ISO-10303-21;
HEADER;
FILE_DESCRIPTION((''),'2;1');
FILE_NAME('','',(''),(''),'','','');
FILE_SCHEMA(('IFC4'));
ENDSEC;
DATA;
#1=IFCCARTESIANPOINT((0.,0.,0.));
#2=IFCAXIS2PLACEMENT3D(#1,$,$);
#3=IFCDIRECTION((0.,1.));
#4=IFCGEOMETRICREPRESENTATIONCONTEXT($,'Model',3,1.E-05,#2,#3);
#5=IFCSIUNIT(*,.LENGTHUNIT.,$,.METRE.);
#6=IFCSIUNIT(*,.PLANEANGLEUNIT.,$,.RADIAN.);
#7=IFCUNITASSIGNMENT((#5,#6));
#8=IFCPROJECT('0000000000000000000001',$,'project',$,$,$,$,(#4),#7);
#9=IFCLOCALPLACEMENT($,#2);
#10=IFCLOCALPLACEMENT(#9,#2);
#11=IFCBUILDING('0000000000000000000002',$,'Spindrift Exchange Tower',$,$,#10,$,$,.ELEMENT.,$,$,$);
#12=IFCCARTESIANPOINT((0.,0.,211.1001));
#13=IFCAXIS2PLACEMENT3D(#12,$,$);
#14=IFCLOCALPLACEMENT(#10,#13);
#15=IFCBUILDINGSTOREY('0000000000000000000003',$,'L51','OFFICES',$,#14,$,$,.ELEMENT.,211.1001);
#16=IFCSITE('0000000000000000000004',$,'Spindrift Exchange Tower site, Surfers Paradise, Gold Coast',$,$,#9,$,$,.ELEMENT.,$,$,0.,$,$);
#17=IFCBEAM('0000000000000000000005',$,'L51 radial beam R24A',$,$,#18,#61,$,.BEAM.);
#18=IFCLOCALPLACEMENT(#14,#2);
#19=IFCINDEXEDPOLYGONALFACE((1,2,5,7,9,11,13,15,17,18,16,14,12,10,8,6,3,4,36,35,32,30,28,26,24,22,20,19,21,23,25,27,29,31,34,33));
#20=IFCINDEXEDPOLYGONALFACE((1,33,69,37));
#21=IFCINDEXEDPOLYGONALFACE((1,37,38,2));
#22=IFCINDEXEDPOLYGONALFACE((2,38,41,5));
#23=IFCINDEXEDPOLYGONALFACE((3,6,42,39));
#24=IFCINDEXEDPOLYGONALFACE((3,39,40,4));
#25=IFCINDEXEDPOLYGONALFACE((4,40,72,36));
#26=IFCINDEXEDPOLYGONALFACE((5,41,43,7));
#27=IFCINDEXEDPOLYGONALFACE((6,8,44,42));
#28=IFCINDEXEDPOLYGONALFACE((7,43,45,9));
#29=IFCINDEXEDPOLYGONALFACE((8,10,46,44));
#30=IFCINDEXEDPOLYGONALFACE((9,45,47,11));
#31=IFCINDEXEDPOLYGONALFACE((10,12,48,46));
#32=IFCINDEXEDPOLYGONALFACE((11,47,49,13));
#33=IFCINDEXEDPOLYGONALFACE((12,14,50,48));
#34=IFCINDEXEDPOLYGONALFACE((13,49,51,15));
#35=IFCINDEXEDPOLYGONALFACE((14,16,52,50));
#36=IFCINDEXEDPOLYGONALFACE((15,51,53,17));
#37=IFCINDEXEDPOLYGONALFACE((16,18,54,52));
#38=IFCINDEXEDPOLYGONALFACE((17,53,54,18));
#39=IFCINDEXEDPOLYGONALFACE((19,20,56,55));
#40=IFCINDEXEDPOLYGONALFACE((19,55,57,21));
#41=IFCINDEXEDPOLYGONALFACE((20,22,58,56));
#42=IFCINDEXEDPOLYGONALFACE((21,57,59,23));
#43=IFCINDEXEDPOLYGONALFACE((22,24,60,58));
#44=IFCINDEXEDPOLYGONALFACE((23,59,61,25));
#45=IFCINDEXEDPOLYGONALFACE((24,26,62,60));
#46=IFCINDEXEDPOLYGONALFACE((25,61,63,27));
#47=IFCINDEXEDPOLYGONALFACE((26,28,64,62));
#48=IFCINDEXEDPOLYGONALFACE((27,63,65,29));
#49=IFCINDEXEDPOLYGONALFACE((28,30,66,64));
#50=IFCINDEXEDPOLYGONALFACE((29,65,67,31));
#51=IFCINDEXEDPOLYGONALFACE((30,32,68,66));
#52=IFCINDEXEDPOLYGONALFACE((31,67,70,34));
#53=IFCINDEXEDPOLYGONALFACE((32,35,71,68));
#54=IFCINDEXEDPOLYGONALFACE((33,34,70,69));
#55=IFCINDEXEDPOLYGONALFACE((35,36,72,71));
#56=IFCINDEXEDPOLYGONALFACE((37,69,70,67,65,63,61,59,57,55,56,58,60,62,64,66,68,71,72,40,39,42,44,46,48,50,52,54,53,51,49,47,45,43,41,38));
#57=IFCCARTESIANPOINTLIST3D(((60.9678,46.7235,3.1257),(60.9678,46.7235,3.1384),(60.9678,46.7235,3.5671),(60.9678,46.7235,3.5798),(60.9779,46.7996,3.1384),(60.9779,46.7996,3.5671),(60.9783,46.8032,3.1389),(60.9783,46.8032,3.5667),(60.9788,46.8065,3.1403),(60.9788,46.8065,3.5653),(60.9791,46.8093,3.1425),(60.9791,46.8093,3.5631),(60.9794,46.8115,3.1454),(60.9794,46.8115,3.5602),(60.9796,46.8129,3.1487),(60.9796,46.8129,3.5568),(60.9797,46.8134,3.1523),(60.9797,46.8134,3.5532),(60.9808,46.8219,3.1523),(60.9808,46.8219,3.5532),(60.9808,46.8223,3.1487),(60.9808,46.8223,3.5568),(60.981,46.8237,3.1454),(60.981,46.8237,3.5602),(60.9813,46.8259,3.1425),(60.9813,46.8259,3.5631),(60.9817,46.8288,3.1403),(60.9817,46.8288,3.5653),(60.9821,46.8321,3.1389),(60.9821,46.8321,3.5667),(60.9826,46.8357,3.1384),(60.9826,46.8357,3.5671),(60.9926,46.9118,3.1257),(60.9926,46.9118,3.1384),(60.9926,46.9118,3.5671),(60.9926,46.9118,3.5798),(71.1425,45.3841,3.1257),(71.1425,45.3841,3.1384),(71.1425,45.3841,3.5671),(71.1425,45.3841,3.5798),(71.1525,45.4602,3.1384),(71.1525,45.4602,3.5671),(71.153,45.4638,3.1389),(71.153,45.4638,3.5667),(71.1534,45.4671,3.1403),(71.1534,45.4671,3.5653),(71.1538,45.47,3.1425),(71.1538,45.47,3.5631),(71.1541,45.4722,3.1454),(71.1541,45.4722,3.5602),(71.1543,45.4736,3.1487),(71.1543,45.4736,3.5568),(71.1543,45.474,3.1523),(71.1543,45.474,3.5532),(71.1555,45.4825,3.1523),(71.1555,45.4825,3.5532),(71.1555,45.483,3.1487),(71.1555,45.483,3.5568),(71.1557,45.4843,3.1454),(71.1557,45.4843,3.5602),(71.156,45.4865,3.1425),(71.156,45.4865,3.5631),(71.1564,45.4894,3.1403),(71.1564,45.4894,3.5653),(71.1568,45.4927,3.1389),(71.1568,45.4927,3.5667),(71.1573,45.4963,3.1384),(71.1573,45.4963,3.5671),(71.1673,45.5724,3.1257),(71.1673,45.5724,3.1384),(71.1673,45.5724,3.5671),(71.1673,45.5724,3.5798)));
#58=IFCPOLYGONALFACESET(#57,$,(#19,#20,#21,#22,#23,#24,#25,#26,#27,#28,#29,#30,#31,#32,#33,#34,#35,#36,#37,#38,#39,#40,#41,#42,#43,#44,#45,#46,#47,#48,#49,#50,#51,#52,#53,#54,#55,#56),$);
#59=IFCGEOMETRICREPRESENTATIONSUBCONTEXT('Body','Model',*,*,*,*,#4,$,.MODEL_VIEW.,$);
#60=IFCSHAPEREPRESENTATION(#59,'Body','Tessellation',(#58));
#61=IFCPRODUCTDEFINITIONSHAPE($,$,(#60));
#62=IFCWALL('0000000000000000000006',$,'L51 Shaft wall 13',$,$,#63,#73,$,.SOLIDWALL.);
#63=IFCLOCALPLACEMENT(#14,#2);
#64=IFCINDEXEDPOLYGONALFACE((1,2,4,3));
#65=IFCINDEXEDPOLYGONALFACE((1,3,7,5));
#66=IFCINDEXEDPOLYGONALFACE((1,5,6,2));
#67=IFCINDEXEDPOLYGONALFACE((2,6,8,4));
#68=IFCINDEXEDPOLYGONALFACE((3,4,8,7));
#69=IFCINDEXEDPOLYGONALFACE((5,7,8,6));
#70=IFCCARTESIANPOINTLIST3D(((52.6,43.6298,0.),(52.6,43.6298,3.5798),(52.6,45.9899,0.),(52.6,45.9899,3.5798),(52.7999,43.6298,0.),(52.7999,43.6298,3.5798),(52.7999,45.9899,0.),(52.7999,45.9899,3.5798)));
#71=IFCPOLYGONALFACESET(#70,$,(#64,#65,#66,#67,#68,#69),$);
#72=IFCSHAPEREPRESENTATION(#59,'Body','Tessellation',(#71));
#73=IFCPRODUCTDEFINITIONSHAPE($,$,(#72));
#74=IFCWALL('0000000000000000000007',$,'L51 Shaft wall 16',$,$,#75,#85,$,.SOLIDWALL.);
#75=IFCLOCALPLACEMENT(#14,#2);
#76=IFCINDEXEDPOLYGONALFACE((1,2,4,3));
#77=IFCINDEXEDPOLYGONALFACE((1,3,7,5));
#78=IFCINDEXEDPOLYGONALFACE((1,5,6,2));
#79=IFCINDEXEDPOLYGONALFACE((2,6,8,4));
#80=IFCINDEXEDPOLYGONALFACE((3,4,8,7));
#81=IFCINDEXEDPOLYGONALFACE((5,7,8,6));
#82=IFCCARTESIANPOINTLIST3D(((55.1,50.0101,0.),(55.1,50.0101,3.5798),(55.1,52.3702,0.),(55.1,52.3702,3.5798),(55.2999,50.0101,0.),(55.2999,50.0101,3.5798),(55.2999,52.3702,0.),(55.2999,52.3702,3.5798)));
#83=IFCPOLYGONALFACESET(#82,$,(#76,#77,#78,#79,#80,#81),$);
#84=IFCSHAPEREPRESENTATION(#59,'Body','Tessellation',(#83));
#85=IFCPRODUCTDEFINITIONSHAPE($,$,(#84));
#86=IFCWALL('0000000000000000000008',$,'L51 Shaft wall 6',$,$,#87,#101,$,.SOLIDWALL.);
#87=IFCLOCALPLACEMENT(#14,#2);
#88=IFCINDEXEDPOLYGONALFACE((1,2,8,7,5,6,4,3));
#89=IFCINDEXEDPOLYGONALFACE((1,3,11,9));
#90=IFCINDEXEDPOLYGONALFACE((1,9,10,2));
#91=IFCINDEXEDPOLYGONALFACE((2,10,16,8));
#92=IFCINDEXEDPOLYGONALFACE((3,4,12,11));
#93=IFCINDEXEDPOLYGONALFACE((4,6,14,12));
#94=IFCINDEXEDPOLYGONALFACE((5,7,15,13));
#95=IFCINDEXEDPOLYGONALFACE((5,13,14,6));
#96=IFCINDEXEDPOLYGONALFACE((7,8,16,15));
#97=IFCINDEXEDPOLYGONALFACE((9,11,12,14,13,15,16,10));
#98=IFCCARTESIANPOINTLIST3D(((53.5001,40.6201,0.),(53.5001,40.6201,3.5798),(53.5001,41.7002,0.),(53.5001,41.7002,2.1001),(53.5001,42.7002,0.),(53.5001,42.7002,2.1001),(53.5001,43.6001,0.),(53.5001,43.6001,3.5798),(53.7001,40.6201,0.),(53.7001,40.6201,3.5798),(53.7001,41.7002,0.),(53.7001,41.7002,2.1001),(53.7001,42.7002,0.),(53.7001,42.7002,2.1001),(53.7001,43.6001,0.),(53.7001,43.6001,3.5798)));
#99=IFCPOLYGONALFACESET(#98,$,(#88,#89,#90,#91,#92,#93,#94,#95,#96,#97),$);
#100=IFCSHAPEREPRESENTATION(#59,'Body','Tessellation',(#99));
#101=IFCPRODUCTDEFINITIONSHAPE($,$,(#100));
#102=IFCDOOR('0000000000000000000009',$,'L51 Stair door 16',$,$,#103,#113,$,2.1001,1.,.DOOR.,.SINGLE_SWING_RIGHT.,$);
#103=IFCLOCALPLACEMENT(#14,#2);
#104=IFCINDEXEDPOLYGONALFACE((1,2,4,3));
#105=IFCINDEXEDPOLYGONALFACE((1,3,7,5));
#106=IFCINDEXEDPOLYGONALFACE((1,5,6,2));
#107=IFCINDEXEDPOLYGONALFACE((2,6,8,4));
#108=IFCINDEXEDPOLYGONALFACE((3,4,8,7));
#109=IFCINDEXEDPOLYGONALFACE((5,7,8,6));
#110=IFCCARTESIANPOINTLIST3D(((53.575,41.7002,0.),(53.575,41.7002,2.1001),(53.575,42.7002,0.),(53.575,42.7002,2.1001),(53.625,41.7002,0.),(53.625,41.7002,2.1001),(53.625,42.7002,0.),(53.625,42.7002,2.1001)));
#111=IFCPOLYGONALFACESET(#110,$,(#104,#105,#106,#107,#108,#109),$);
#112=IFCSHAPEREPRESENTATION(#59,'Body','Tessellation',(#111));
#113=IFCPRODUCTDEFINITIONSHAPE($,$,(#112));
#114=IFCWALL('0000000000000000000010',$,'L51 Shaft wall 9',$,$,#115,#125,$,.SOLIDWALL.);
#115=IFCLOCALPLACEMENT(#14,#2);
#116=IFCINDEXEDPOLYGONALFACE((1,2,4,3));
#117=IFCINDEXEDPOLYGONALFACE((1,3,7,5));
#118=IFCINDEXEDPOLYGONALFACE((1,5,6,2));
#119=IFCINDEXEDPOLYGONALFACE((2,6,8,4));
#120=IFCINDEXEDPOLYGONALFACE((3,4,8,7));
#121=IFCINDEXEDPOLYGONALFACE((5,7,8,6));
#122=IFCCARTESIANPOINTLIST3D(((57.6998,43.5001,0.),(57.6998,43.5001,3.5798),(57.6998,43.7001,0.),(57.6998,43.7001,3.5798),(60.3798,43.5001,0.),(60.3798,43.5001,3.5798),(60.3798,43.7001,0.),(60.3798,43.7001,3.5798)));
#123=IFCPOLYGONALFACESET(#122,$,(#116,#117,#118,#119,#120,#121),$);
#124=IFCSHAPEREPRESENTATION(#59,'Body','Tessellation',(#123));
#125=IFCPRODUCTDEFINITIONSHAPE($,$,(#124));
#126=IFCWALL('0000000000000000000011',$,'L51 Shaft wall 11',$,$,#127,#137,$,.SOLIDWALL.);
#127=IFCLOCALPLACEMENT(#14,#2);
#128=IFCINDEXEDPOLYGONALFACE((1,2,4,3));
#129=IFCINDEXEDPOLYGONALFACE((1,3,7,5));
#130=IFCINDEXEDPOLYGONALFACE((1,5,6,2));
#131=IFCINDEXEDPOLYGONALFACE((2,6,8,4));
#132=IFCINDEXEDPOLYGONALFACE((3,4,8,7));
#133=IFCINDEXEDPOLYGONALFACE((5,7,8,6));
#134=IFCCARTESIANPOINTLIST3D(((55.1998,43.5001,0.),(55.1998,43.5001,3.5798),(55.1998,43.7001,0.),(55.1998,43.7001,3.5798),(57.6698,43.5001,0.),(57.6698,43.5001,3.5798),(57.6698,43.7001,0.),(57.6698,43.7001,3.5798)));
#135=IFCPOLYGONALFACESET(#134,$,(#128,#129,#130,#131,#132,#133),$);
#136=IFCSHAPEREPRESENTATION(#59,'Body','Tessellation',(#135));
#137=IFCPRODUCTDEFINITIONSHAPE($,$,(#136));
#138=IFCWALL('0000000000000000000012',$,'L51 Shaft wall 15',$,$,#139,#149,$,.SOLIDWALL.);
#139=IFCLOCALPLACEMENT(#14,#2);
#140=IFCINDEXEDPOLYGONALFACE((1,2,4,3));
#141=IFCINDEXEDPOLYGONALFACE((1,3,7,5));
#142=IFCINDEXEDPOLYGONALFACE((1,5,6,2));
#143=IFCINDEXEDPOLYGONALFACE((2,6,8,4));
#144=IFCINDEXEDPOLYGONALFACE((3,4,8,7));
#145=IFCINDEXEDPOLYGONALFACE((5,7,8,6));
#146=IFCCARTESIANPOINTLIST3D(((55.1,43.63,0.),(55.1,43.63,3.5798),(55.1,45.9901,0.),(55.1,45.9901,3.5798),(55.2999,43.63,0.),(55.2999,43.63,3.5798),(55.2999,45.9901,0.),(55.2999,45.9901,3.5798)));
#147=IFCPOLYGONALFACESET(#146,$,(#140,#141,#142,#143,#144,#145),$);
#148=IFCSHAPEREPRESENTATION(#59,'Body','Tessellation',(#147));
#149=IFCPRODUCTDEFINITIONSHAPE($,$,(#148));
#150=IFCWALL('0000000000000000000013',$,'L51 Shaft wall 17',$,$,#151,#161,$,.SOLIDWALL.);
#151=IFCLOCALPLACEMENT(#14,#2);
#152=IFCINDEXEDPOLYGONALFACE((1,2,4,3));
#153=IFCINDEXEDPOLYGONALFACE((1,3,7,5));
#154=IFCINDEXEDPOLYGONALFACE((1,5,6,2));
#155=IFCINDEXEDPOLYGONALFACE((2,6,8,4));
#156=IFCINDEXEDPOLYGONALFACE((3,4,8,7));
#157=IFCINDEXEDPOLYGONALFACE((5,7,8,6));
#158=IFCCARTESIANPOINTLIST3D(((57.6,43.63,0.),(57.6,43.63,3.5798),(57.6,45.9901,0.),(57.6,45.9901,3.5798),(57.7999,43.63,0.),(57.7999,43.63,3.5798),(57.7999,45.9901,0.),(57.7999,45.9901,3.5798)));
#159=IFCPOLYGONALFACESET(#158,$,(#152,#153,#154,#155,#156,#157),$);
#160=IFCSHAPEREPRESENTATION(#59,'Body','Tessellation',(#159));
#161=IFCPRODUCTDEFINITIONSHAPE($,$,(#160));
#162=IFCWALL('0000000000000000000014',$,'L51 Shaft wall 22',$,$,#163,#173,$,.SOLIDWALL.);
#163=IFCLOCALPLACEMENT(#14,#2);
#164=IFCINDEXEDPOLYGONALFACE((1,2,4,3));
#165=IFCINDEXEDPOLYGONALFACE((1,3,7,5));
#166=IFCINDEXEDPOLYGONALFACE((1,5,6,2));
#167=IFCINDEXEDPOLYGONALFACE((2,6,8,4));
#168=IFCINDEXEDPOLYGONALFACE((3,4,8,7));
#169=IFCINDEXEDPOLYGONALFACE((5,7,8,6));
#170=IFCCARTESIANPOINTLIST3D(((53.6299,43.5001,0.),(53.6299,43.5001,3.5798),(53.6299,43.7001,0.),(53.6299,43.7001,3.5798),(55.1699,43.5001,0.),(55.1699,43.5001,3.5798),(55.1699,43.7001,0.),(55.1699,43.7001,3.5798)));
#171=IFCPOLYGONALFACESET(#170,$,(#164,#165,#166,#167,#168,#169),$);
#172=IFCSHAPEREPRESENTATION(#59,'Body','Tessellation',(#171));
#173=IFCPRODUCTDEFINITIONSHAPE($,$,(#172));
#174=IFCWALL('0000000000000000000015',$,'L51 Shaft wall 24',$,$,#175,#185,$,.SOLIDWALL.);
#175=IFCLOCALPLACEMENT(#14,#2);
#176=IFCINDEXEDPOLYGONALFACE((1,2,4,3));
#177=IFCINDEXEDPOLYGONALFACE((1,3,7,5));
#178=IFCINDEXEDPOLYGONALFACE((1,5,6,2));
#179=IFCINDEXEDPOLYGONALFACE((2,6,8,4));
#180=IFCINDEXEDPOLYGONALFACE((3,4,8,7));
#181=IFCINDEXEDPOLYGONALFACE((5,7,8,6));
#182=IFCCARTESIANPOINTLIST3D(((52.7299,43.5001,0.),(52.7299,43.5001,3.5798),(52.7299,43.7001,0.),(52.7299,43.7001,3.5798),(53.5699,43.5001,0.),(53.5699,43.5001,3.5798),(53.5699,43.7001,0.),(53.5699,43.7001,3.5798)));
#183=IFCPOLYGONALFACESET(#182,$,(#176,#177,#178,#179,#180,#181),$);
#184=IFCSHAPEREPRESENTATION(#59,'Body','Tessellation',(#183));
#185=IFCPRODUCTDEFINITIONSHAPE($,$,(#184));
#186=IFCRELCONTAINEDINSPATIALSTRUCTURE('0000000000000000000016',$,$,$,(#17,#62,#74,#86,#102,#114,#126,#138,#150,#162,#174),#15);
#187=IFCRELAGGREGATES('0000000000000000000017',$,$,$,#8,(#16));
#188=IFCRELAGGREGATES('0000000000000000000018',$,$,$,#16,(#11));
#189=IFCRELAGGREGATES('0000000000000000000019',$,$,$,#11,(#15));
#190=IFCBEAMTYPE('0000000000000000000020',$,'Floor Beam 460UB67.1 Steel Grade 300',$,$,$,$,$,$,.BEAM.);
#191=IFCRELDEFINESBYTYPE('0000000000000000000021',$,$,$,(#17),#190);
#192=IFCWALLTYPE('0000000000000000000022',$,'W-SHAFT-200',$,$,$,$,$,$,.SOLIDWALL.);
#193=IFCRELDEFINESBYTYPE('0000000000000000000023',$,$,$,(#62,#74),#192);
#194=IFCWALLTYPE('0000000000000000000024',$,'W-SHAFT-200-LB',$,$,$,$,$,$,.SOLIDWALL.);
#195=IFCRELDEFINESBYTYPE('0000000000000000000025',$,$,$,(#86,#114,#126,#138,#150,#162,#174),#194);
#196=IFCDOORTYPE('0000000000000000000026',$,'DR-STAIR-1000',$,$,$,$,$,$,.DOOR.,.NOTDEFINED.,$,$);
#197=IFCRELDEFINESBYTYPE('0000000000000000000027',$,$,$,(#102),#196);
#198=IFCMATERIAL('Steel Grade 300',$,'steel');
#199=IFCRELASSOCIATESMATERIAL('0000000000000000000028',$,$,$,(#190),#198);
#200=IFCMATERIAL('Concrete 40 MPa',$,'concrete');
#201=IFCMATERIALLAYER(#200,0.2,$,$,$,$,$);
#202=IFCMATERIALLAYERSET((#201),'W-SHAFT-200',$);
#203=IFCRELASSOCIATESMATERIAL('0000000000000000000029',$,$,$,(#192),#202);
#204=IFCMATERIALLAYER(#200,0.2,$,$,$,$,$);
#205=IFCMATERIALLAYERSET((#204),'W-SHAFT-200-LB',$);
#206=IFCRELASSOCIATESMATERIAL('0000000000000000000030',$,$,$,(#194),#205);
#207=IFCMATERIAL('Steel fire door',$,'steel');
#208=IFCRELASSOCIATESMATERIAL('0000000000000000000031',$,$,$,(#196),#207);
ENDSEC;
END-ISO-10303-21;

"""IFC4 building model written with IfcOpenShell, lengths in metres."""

from ifc_helpers import new_model, si_unit, direction, frame, frame_2d, origin, origin_2d, place, context, subcontext, project, spatial, rectangle, i_section, extrude, source, transform, mapped, material, layer, layer_set, material_profile, profile_set, type_object, element, fill, save


model = new_model("IFC4")

# Units and contexts
model_context = context("Model", 3, precision=1e-05, world=origin(), true_north=direction((0.0, 1.0)))
body_context = subcontext(model_context, "Body", "Model", "MODEL_VIEW")
ifc_project = project(units=[si_unit("LENGTHUNIT", "METRE"), si_unit("PLANEANGLEUNIT", "RADIAN")], contexts=[model_context])

# Site, building, storey
site_placement = place(None, origin())
site = spatial("IfcSite", under=ifc_project, at=site_placement, Name="Spindrift Exchange Tower site, Surfers Paradise, Gold Coast", CompositionType="ELEMENT", RefElevation=0.0)
building_placement = place(site_placement, origin())
building = spatial("IfcBuilding", under=site, at=building_placement, Name="Spindrift Exchange Tower", CompositionType="ELEMENT")
storey_placement = place(building_placement, frame((0.0, 0.0, 211.1001)))
storey = spatial("IfcBuildingStorey", under=building, at=storey_placement, Name="L51", Description="OFFICES", CompositionType="ELEMENT", Elevation=211.1001)

# Beam
ifc_material_1 = material(Name="Steel Grade 300", Category="steel")
ifc_material_profile_1 = material_profile(ifc_material_1, i_section(OverallWidth=0.1899, OverallDepth=0.4541, WebThickness=0.0085, FlangeThickness=0.0127, FilletRadius=0.0139, at=origin_2d()), Name="460UB67.1")
ifc_profile_set_1 = profile_set([ifc_material_profile_1], Name="Steel Grade 300")
beam_type_1 = type_object("IfcBeamType", Name="Floor Beam 460UB67.1 Steel Grade 300", PredefinedType="BEAM", material=ifc_profile_set_1)
shared_shape_1 = source(origin(), body_context, "Body", "SweptSolid", [
    extrude(i_section(OverallWidth=0.1899, OverallDepth=0.4541, WebThickness=0.0085, FlangeThickness=0.0127, FilletRadius=0.0139, at=origin_2d()), origin(), (0.0, 0.0, 1.0), 10.2625),
])
beam_1_placement = place(storey_placement, frame((60.9802, 46.8176, 3.3528), z_axis=(0.991447, -0.130512, 0.0), x_axis=(0.130512, 0.991447, 0.0)))
element("IfcBeam", 1, at=beam_1_placement, inside=storey, type_object=beam_type_1, Name="L51 radial beam R24A", PredefinedType="BEAM", context=body_context, shape_type="MappedRepresentation", body=[
    mapped(shared_shape_1, transform((0.0, 0.0, 0.0), scale=1.0)),
])

# Walls
ifc_material_2 = material(Name="Concrete 40 MPa", Category="concrete")
ifc_layer_1 = layer(ifc_material_2, 0.2)
ifc_layer_set_1 = layer_set([ifc_layer_1], Name="W-SHAFT-200")
wall_type_1 = type_object("IfcWallType", Name="W-SHAFT-200", PredefinedType="SOLIDWALL", material=ifc_layer_set_1)
for number, where, z_axis, x_axis, name in (
    (2, (52.7, 45.99, 0.0), (0.0, 0.0, 1.0), (0.0, -1.0, 0.0), "L51 Shaft wall 13"),
    (3, (55.2, 50.01, 0.0), (0.0, 0.0, 1.0), (0.0, 1.0, 0.0), "L51 Shaft wall 16"),
):
    element("IfcWall", number, at=place(storey_placement, frame(where, z_axis=z_axis, x_axis=x_axis)), inside=storey, type_object=wall_type_1, Name=name, PredefinedType="SOLIDWALL", context=body_context, shape_type="SweptSolid", body=[
        extrude(rectangle(XDim=2.3601, YDim=0.2, at=frame_2d((1.1802, 0.0))), origin(), (0.0, 0.0, 1.0), 3.5798),
    ])

# Wall, opening, door
ifc_layer_2 = layer(ifc_material_2, 0.2)
ifc_layer_set_2 = layer_set([ifc_layer_2], Name="W-SHAFT-200-LB")
wall_type_2 = type_object("IfcWallType", Name="W-SHAFT-200-LB", PredefinedType="SOLIDWALL", material=ifc_layer_set_2)
wall_1_placement = place(storey_placement, frame((53.6001, 43.6001, 0.0), z_axis=(0.0, 0.0, 1.0), x_axis=(0.0, -1.0, 0.0)))
wall_1 = element("IfcWall", 4, at=wall_1_placement, inside=storey, type_object=wall_type_2, Name="L51 Shaft wall 6", PredefinedType="SOLIDWALL", context=body_context, shape_type="SweptSolid", body=[
    extrude(rectangle(XDim=2.98, YDim=0.2, at=frame_2d((1.49, 0.0))), origin(), (0.0, 0.0, 1.0), 3.5798),
])
opening_placement = place(wall_1_placement, frame((0.8999, 0.0, 0.0)))
opening = element("IfcOpeningElement", 5, at=opening_placement, cuts=wall_1, PredefinedType="OPENING", context=body_context, shape_type="SweptSolid", body=[
    extrude(rectangle(XDim=1.0, YDim=2.1001, at=frame_2d((0.5, 1.05))), frame((0.0, 0.1099, 0.0), z_axis=(0.0, -1.0, 0.0), x_axis=(1.0, 0.0, 0.0)), (0.0, 0.0, 1.0), 0.22),
])
ifc_material_3 = material(Name="Steel fire door", Category="steel")
door_type = type_object("IfcDoorType", Name="DR-STAIR-1000", OperationType="NOTDEFINED", PredefinedType="DOOR", material=ifc_material_3)
shared_shape_2 = source(origin(), body_context, "Body", "SweptSolid", [
    extrude(rectangle(XDim=1.0, YDim=2.1001, at=frame_2d((0.5, 1.05))), frame((0.0, 0.0249, 0.0), z_axis=(0.0, -1.0, 0.0), x_axis=(1.0, 0.0, 0.0)), (0.0, 0.0, 1.0), 0.05),
])
door_placement = place(opening_placement, origin())
door = element("IfcDoor", 6, at=door_placement, inside=storey, type_object=door_type, Name="L51 Stair door 16", OperationType="SINGLE_SWING_RIGHT", OverallHeight=2.1001, OverallWidth=1.0, PredefinedType="DOOR", context=body_context, shape_type="MappedRepresentation", body=[
    mapped(shared_shape_2, transform((0.0, 0.0, 0.0), scale=1.0)),
])
fill(opening, door)

# Walls
wall_2_placement = place(storey_placement, frame((57.7, 43.6001, 0.0), z_axis=(0.0, 0.0, 1.0), x_axis=(1.0, 0.0, 0.0)))
element("IfcWall", 7, at=wall_2_placement, inside=storey, type_object=wall_type_2, Name="L51 Shaft wall 9", PredefinedType="SOLIDWALL", context=body_context, shape_type="SweptSolid", body=[
    extrude(rectangle(XDim=2.6799, YDim=0.2, at=frame_2d((1.3398, 0.0))), origin(), (0.0, 0.0, 1.0), 3.5798),
])
wall_3_placement = place(storey_placement, frame((55.2, 43.6001, 0.0), z_axis=(0.0, 0.0, 1.0), x_axis=(1.0, 0.0, 0.0)))
element("IfcWall", 8, at=wall_3_placement, inside=storey, type_object=wall_type_2, Name="L51 Shaft wall 11", PredefinedType="SOLIDWALL", context=body_context, shape_type="SweptSolid", body=[
    extrude(rectangle(XDim=2.47, YDim=0.2, at=frame_2d((1.2349, 0.0))), origin(), (0.0, 0.0, 1.0), 3.5798),
])
for number, where, z_axis, x_axis, name in (
    (9, (55.2, 43.6299, 0.0), (0.0, 0.0, 1.0), (0.0, 1.0, 0.0), "L51 Shaft wall 15"),
    (10, (57.7, 43.6299, 0.0), (0.0, 0.0, 1.0), (0.0, 1.0, 0.0), "L51 Shaft wall 17"),
):
    element("IfcWall", number, at=place(storey_placement, frame(where, z_axis=z_axis, x_axis=x_axis)), inside=storey, type_object=wall_type_2, Name=name, PredefinedType="SOLIDWALL", context=body_context, shape_type="SweptSolid", body=[
        extrude(rectangle(XDim=2.3601, YDim=0.2, at=frame_2d((1.1802, 0.0))), origin(), (0.0, 0.0, 1.0), 3.5798),
    ])
wall_4_placement = place(storey_placement, frame((53.6299, 43.6001, 0.0), z_axis=(0.0, 0.0, 1.0), x_axis=(1.0, 0.0, 0.0)))
element("IfcWall", 11, at=wall_4_placement, inside=storey, type_object=wall_type_2, Name="L51 Shaft wall 22", PredefinedType="SOLIDWALL", context=body_context, shape_type="SweptSolid", body=[
    extrude(rectangle(XDim=1.54, YDim=0.2, at=frame_2d((0.77, 0.0))), origin(), (0.0, 0.0, 1.0), 3.5798),
])
wall_5_placement = place(storey_placement, frame((52.73, 43.6001, 0.0), z_axis=(0.0, 0.0, 1.0), x_axis=(1.0, 0.0, 0.0)))
element("IfcWall", 12, at=wall_5_placement, inside=storey, type_object=wall_type_2, Name="L51 Shaft wall 24", PredefinedType="SOLIDWALL", context=body_context, shape_type="SweptSolid", body=[
    extrude(rectangle(XDim=0.8401, YDim=0.2, at=frame_2d((0.4199, 0.0))), origin(), (0.0, 0.0, 1.0), 3.5798),
])

save(model, "model.ifc")
